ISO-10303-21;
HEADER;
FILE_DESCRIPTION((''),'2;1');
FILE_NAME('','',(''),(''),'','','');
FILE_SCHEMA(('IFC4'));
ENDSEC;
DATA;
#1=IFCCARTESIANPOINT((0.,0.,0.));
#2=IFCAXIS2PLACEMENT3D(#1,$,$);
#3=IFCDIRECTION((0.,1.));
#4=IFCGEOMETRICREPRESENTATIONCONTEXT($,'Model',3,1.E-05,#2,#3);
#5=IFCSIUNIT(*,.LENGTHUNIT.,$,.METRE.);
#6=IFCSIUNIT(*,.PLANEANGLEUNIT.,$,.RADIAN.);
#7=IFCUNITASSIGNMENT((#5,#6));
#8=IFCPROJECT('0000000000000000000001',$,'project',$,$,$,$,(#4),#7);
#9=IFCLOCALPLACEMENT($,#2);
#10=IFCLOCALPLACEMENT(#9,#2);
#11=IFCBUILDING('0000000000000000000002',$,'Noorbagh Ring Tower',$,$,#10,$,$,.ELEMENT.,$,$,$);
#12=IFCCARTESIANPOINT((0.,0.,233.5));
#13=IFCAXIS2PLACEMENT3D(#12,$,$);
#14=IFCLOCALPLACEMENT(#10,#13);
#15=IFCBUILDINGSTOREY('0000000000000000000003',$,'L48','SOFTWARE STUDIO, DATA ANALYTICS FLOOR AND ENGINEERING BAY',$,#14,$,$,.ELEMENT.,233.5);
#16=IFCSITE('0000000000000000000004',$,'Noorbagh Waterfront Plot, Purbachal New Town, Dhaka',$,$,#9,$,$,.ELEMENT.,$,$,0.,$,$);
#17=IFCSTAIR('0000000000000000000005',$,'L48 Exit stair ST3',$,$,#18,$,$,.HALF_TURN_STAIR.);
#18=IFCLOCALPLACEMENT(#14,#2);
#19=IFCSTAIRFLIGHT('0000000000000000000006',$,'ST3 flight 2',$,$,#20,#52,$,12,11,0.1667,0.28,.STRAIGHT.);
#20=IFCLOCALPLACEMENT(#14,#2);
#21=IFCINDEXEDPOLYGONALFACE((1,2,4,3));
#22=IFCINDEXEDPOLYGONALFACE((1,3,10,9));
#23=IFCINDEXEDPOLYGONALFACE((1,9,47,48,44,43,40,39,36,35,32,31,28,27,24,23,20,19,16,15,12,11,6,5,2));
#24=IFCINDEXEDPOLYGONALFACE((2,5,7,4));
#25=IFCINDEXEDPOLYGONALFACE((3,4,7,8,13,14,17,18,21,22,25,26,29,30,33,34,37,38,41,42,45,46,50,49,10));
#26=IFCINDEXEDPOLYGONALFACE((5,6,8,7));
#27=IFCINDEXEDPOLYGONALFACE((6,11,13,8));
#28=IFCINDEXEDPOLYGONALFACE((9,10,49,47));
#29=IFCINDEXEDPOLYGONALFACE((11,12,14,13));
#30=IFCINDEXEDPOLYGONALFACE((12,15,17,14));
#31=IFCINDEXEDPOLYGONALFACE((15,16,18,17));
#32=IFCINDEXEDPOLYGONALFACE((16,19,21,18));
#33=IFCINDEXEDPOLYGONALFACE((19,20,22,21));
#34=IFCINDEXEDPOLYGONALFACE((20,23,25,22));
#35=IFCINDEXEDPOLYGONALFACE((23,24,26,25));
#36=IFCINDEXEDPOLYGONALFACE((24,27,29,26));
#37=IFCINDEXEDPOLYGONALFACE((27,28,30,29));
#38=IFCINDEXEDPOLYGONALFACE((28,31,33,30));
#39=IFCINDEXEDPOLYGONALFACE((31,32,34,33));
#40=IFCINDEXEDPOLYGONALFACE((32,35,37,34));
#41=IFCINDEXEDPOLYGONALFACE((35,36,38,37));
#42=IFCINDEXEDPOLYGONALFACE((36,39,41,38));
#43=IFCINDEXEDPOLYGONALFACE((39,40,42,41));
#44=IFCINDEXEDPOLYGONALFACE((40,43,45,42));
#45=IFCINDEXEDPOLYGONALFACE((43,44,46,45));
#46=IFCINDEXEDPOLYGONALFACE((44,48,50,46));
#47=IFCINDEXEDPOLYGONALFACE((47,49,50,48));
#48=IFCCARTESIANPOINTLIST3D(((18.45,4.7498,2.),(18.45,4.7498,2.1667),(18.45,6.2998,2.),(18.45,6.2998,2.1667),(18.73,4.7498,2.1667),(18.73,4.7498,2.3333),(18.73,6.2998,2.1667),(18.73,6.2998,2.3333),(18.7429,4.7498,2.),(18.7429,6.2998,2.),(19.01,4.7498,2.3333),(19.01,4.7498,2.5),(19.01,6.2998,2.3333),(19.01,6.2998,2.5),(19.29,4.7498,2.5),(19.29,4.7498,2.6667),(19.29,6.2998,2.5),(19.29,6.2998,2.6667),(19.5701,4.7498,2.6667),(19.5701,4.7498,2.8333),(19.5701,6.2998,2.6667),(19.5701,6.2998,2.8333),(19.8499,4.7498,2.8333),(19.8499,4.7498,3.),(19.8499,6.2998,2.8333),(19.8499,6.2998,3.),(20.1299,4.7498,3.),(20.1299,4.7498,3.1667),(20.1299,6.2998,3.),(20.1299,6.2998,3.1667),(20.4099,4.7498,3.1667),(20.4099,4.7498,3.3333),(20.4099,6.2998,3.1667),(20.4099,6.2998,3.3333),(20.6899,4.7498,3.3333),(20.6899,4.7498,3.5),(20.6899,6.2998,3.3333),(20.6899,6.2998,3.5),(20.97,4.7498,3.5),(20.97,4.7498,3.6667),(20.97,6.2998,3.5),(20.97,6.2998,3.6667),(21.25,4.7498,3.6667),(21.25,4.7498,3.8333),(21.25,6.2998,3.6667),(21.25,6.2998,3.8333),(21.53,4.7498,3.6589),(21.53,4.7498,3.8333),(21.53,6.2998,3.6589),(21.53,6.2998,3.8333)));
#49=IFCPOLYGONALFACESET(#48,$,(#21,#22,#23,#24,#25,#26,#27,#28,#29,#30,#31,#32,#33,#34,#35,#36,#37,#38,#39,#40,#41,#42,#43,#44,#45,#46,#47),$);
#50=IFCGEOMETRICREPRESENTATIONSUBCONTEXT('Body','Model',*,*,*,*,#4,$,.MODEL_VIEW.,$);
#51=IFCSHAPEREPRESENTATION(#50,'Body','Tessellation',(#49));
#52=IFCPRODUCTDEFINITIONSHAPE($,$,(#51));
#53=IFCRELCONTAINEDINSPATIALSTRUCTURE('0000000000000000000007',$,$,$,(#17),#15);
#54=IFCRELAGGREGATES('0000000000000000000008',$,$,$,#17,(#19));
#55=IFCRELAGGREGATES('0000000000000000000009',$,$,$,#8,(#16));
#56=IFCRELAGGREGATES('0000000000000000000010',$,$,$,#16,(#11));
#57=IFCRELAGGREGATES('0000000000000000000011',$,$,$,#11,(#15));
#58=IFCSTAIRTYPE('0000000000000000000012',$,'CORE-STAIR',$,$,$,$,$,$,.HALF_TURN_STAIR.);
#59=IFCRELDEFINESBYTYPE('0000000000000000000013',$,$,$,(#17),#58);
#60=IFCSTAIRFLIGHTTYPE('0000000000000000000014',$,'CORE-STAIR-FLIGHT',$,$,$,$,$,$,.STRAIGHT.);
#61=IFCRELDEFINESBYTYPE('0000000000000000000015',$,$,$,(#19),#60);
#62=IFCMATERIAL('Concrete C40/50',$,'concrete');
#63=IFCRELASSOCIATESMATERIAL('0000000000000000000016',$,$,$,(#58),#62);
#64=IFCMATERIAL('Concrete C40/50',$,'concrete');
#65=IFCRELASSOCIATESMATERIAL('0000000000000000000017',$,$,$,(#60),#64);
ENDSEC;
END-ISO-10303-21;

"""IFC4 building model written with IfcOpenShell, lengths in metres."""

from ifc_helpers import new_model, si_unit, direction, frame, origin, place, context, subcontext, project, spatial, polyline, outline, extrude, material, type_object, element, aggregate, save


model = new_model("IFC4")

# Units and contexts
model_context = context("Model", 3, precision=1e-05, world=origin(), true_north=direction((0.0, 1.0)))
body_context = subcontext(model_context, "Body", "Model", "MODEL_VIEW")
ifc_project = project(units=[si_unit("LENGTHUNIT", "METRE"), si_unit("PLANEANGLEUNIT", "RADIAN")], contexts=[model_context])

# Site, building, storey
site_placement = place(None, origin())
site = spatial("IfcSite", under=ifc_project, at=site_placement, Name="Noorbagh Waterfront Plot, Purbachal New Town, Dhaka", CompositionType="ELEMENT", RefElevation=0.0)
building_placement = place(site_placement, origin())
building = spatial("IfcBuilding", under=site, at=building_placement, Name="Noorbagh Ring Tower", CompositionType="ELEMENT")
storey_placement = place(building_placement, frame((0.0, 0.0, 233.5)))
storey = spatial("IfcBuildingStorey", under=building, at=storey_placement, Name="L48", Description="SOFTWARE STUDIO, DATA ANALYTICS FLOOR AND ENGINEERING BAY", CompositionType="ELEMENT", Elevation=233.5)

# Stair, stair flight
ifc_material_1 = material(Name="Concrete C40/50", Category="concrete")
stair_type = type_object("IfcStairType", Name="CORE-STAIR", PredefinedType="HALF_TURN_STAIR", material=ifc_material_1)
stair_placement = place(storey_placement, origin())
stair = element("IfcStair", 1, at=stair_placement, inside=storey, type_object=stair_type, Name="L48 Exit stair ST3", PredefinedType="HALF_TURN_STAIR")
ifc_material_2 = material(Name="Concrete C40/50", Category="concrete")
stair_flight_type = type_object("IfcStairFlightType", Name="CORE-STAIR-FLIGHT", PredefinedType="STRAIGHT", material=ifc_material_2)
stair_flight_1_placement = place(storey_placement, frame((18.45, 5.5249, 2.0), z_axis=(0.0, 0.0, 1.0), x_axis=(1.0, 0.0, 0.0)))
stair_flight_1 = element("IfcStairFlight", 2, at=stair_flight_1_placement, type_object=stair_flight_type, Name="ST3 flight 2", NumberOfRisers=12, NumberOfTreads=11, PredefinedType="STRAIGHT", RiserHeight=0.1667, TreadLength=0.28, context=body_context, shape_type="SweptSolid", body=[
    extrude(outline(polyline([(0.0, 0.0), (0.0, 0.1667), (0.28, 0.1667), (0.28, 0.3333), (0.5601, 0.3333), (0.5601, 0.5), (0.8401, 0.5), (0.8401, 0.6667), (1.1201, 0.6667), (1.1201, 0.8333), (1.3999, 0.8333), (1.3999, 1.0), (1.6799, 1.0), (1.6799, 1.1667), (1.96, 1.1667), (1.96, 1.3333), (2.24, 1.3333), (2.24, 1.5), (2.52, 1.5), (2.52, 1.6667), (2.8, 1.6667), (2.8, 1.8333), (3.0801, 1.8333), (3.0801, 2.0), (3.0801, 1.6589), (0.293, 0.0), (0.0, 0.0)])), frame((0.0, 0.7749, 0.0), z_axis=(0.0, -1.0, 0.0), x_axis=(1.0, 0.0, 0.0)), (0.0, 0.0, 1.0), 1.55),
])
aggregate(stair, [stair_flight_1])

save(model, "model.ifc")
